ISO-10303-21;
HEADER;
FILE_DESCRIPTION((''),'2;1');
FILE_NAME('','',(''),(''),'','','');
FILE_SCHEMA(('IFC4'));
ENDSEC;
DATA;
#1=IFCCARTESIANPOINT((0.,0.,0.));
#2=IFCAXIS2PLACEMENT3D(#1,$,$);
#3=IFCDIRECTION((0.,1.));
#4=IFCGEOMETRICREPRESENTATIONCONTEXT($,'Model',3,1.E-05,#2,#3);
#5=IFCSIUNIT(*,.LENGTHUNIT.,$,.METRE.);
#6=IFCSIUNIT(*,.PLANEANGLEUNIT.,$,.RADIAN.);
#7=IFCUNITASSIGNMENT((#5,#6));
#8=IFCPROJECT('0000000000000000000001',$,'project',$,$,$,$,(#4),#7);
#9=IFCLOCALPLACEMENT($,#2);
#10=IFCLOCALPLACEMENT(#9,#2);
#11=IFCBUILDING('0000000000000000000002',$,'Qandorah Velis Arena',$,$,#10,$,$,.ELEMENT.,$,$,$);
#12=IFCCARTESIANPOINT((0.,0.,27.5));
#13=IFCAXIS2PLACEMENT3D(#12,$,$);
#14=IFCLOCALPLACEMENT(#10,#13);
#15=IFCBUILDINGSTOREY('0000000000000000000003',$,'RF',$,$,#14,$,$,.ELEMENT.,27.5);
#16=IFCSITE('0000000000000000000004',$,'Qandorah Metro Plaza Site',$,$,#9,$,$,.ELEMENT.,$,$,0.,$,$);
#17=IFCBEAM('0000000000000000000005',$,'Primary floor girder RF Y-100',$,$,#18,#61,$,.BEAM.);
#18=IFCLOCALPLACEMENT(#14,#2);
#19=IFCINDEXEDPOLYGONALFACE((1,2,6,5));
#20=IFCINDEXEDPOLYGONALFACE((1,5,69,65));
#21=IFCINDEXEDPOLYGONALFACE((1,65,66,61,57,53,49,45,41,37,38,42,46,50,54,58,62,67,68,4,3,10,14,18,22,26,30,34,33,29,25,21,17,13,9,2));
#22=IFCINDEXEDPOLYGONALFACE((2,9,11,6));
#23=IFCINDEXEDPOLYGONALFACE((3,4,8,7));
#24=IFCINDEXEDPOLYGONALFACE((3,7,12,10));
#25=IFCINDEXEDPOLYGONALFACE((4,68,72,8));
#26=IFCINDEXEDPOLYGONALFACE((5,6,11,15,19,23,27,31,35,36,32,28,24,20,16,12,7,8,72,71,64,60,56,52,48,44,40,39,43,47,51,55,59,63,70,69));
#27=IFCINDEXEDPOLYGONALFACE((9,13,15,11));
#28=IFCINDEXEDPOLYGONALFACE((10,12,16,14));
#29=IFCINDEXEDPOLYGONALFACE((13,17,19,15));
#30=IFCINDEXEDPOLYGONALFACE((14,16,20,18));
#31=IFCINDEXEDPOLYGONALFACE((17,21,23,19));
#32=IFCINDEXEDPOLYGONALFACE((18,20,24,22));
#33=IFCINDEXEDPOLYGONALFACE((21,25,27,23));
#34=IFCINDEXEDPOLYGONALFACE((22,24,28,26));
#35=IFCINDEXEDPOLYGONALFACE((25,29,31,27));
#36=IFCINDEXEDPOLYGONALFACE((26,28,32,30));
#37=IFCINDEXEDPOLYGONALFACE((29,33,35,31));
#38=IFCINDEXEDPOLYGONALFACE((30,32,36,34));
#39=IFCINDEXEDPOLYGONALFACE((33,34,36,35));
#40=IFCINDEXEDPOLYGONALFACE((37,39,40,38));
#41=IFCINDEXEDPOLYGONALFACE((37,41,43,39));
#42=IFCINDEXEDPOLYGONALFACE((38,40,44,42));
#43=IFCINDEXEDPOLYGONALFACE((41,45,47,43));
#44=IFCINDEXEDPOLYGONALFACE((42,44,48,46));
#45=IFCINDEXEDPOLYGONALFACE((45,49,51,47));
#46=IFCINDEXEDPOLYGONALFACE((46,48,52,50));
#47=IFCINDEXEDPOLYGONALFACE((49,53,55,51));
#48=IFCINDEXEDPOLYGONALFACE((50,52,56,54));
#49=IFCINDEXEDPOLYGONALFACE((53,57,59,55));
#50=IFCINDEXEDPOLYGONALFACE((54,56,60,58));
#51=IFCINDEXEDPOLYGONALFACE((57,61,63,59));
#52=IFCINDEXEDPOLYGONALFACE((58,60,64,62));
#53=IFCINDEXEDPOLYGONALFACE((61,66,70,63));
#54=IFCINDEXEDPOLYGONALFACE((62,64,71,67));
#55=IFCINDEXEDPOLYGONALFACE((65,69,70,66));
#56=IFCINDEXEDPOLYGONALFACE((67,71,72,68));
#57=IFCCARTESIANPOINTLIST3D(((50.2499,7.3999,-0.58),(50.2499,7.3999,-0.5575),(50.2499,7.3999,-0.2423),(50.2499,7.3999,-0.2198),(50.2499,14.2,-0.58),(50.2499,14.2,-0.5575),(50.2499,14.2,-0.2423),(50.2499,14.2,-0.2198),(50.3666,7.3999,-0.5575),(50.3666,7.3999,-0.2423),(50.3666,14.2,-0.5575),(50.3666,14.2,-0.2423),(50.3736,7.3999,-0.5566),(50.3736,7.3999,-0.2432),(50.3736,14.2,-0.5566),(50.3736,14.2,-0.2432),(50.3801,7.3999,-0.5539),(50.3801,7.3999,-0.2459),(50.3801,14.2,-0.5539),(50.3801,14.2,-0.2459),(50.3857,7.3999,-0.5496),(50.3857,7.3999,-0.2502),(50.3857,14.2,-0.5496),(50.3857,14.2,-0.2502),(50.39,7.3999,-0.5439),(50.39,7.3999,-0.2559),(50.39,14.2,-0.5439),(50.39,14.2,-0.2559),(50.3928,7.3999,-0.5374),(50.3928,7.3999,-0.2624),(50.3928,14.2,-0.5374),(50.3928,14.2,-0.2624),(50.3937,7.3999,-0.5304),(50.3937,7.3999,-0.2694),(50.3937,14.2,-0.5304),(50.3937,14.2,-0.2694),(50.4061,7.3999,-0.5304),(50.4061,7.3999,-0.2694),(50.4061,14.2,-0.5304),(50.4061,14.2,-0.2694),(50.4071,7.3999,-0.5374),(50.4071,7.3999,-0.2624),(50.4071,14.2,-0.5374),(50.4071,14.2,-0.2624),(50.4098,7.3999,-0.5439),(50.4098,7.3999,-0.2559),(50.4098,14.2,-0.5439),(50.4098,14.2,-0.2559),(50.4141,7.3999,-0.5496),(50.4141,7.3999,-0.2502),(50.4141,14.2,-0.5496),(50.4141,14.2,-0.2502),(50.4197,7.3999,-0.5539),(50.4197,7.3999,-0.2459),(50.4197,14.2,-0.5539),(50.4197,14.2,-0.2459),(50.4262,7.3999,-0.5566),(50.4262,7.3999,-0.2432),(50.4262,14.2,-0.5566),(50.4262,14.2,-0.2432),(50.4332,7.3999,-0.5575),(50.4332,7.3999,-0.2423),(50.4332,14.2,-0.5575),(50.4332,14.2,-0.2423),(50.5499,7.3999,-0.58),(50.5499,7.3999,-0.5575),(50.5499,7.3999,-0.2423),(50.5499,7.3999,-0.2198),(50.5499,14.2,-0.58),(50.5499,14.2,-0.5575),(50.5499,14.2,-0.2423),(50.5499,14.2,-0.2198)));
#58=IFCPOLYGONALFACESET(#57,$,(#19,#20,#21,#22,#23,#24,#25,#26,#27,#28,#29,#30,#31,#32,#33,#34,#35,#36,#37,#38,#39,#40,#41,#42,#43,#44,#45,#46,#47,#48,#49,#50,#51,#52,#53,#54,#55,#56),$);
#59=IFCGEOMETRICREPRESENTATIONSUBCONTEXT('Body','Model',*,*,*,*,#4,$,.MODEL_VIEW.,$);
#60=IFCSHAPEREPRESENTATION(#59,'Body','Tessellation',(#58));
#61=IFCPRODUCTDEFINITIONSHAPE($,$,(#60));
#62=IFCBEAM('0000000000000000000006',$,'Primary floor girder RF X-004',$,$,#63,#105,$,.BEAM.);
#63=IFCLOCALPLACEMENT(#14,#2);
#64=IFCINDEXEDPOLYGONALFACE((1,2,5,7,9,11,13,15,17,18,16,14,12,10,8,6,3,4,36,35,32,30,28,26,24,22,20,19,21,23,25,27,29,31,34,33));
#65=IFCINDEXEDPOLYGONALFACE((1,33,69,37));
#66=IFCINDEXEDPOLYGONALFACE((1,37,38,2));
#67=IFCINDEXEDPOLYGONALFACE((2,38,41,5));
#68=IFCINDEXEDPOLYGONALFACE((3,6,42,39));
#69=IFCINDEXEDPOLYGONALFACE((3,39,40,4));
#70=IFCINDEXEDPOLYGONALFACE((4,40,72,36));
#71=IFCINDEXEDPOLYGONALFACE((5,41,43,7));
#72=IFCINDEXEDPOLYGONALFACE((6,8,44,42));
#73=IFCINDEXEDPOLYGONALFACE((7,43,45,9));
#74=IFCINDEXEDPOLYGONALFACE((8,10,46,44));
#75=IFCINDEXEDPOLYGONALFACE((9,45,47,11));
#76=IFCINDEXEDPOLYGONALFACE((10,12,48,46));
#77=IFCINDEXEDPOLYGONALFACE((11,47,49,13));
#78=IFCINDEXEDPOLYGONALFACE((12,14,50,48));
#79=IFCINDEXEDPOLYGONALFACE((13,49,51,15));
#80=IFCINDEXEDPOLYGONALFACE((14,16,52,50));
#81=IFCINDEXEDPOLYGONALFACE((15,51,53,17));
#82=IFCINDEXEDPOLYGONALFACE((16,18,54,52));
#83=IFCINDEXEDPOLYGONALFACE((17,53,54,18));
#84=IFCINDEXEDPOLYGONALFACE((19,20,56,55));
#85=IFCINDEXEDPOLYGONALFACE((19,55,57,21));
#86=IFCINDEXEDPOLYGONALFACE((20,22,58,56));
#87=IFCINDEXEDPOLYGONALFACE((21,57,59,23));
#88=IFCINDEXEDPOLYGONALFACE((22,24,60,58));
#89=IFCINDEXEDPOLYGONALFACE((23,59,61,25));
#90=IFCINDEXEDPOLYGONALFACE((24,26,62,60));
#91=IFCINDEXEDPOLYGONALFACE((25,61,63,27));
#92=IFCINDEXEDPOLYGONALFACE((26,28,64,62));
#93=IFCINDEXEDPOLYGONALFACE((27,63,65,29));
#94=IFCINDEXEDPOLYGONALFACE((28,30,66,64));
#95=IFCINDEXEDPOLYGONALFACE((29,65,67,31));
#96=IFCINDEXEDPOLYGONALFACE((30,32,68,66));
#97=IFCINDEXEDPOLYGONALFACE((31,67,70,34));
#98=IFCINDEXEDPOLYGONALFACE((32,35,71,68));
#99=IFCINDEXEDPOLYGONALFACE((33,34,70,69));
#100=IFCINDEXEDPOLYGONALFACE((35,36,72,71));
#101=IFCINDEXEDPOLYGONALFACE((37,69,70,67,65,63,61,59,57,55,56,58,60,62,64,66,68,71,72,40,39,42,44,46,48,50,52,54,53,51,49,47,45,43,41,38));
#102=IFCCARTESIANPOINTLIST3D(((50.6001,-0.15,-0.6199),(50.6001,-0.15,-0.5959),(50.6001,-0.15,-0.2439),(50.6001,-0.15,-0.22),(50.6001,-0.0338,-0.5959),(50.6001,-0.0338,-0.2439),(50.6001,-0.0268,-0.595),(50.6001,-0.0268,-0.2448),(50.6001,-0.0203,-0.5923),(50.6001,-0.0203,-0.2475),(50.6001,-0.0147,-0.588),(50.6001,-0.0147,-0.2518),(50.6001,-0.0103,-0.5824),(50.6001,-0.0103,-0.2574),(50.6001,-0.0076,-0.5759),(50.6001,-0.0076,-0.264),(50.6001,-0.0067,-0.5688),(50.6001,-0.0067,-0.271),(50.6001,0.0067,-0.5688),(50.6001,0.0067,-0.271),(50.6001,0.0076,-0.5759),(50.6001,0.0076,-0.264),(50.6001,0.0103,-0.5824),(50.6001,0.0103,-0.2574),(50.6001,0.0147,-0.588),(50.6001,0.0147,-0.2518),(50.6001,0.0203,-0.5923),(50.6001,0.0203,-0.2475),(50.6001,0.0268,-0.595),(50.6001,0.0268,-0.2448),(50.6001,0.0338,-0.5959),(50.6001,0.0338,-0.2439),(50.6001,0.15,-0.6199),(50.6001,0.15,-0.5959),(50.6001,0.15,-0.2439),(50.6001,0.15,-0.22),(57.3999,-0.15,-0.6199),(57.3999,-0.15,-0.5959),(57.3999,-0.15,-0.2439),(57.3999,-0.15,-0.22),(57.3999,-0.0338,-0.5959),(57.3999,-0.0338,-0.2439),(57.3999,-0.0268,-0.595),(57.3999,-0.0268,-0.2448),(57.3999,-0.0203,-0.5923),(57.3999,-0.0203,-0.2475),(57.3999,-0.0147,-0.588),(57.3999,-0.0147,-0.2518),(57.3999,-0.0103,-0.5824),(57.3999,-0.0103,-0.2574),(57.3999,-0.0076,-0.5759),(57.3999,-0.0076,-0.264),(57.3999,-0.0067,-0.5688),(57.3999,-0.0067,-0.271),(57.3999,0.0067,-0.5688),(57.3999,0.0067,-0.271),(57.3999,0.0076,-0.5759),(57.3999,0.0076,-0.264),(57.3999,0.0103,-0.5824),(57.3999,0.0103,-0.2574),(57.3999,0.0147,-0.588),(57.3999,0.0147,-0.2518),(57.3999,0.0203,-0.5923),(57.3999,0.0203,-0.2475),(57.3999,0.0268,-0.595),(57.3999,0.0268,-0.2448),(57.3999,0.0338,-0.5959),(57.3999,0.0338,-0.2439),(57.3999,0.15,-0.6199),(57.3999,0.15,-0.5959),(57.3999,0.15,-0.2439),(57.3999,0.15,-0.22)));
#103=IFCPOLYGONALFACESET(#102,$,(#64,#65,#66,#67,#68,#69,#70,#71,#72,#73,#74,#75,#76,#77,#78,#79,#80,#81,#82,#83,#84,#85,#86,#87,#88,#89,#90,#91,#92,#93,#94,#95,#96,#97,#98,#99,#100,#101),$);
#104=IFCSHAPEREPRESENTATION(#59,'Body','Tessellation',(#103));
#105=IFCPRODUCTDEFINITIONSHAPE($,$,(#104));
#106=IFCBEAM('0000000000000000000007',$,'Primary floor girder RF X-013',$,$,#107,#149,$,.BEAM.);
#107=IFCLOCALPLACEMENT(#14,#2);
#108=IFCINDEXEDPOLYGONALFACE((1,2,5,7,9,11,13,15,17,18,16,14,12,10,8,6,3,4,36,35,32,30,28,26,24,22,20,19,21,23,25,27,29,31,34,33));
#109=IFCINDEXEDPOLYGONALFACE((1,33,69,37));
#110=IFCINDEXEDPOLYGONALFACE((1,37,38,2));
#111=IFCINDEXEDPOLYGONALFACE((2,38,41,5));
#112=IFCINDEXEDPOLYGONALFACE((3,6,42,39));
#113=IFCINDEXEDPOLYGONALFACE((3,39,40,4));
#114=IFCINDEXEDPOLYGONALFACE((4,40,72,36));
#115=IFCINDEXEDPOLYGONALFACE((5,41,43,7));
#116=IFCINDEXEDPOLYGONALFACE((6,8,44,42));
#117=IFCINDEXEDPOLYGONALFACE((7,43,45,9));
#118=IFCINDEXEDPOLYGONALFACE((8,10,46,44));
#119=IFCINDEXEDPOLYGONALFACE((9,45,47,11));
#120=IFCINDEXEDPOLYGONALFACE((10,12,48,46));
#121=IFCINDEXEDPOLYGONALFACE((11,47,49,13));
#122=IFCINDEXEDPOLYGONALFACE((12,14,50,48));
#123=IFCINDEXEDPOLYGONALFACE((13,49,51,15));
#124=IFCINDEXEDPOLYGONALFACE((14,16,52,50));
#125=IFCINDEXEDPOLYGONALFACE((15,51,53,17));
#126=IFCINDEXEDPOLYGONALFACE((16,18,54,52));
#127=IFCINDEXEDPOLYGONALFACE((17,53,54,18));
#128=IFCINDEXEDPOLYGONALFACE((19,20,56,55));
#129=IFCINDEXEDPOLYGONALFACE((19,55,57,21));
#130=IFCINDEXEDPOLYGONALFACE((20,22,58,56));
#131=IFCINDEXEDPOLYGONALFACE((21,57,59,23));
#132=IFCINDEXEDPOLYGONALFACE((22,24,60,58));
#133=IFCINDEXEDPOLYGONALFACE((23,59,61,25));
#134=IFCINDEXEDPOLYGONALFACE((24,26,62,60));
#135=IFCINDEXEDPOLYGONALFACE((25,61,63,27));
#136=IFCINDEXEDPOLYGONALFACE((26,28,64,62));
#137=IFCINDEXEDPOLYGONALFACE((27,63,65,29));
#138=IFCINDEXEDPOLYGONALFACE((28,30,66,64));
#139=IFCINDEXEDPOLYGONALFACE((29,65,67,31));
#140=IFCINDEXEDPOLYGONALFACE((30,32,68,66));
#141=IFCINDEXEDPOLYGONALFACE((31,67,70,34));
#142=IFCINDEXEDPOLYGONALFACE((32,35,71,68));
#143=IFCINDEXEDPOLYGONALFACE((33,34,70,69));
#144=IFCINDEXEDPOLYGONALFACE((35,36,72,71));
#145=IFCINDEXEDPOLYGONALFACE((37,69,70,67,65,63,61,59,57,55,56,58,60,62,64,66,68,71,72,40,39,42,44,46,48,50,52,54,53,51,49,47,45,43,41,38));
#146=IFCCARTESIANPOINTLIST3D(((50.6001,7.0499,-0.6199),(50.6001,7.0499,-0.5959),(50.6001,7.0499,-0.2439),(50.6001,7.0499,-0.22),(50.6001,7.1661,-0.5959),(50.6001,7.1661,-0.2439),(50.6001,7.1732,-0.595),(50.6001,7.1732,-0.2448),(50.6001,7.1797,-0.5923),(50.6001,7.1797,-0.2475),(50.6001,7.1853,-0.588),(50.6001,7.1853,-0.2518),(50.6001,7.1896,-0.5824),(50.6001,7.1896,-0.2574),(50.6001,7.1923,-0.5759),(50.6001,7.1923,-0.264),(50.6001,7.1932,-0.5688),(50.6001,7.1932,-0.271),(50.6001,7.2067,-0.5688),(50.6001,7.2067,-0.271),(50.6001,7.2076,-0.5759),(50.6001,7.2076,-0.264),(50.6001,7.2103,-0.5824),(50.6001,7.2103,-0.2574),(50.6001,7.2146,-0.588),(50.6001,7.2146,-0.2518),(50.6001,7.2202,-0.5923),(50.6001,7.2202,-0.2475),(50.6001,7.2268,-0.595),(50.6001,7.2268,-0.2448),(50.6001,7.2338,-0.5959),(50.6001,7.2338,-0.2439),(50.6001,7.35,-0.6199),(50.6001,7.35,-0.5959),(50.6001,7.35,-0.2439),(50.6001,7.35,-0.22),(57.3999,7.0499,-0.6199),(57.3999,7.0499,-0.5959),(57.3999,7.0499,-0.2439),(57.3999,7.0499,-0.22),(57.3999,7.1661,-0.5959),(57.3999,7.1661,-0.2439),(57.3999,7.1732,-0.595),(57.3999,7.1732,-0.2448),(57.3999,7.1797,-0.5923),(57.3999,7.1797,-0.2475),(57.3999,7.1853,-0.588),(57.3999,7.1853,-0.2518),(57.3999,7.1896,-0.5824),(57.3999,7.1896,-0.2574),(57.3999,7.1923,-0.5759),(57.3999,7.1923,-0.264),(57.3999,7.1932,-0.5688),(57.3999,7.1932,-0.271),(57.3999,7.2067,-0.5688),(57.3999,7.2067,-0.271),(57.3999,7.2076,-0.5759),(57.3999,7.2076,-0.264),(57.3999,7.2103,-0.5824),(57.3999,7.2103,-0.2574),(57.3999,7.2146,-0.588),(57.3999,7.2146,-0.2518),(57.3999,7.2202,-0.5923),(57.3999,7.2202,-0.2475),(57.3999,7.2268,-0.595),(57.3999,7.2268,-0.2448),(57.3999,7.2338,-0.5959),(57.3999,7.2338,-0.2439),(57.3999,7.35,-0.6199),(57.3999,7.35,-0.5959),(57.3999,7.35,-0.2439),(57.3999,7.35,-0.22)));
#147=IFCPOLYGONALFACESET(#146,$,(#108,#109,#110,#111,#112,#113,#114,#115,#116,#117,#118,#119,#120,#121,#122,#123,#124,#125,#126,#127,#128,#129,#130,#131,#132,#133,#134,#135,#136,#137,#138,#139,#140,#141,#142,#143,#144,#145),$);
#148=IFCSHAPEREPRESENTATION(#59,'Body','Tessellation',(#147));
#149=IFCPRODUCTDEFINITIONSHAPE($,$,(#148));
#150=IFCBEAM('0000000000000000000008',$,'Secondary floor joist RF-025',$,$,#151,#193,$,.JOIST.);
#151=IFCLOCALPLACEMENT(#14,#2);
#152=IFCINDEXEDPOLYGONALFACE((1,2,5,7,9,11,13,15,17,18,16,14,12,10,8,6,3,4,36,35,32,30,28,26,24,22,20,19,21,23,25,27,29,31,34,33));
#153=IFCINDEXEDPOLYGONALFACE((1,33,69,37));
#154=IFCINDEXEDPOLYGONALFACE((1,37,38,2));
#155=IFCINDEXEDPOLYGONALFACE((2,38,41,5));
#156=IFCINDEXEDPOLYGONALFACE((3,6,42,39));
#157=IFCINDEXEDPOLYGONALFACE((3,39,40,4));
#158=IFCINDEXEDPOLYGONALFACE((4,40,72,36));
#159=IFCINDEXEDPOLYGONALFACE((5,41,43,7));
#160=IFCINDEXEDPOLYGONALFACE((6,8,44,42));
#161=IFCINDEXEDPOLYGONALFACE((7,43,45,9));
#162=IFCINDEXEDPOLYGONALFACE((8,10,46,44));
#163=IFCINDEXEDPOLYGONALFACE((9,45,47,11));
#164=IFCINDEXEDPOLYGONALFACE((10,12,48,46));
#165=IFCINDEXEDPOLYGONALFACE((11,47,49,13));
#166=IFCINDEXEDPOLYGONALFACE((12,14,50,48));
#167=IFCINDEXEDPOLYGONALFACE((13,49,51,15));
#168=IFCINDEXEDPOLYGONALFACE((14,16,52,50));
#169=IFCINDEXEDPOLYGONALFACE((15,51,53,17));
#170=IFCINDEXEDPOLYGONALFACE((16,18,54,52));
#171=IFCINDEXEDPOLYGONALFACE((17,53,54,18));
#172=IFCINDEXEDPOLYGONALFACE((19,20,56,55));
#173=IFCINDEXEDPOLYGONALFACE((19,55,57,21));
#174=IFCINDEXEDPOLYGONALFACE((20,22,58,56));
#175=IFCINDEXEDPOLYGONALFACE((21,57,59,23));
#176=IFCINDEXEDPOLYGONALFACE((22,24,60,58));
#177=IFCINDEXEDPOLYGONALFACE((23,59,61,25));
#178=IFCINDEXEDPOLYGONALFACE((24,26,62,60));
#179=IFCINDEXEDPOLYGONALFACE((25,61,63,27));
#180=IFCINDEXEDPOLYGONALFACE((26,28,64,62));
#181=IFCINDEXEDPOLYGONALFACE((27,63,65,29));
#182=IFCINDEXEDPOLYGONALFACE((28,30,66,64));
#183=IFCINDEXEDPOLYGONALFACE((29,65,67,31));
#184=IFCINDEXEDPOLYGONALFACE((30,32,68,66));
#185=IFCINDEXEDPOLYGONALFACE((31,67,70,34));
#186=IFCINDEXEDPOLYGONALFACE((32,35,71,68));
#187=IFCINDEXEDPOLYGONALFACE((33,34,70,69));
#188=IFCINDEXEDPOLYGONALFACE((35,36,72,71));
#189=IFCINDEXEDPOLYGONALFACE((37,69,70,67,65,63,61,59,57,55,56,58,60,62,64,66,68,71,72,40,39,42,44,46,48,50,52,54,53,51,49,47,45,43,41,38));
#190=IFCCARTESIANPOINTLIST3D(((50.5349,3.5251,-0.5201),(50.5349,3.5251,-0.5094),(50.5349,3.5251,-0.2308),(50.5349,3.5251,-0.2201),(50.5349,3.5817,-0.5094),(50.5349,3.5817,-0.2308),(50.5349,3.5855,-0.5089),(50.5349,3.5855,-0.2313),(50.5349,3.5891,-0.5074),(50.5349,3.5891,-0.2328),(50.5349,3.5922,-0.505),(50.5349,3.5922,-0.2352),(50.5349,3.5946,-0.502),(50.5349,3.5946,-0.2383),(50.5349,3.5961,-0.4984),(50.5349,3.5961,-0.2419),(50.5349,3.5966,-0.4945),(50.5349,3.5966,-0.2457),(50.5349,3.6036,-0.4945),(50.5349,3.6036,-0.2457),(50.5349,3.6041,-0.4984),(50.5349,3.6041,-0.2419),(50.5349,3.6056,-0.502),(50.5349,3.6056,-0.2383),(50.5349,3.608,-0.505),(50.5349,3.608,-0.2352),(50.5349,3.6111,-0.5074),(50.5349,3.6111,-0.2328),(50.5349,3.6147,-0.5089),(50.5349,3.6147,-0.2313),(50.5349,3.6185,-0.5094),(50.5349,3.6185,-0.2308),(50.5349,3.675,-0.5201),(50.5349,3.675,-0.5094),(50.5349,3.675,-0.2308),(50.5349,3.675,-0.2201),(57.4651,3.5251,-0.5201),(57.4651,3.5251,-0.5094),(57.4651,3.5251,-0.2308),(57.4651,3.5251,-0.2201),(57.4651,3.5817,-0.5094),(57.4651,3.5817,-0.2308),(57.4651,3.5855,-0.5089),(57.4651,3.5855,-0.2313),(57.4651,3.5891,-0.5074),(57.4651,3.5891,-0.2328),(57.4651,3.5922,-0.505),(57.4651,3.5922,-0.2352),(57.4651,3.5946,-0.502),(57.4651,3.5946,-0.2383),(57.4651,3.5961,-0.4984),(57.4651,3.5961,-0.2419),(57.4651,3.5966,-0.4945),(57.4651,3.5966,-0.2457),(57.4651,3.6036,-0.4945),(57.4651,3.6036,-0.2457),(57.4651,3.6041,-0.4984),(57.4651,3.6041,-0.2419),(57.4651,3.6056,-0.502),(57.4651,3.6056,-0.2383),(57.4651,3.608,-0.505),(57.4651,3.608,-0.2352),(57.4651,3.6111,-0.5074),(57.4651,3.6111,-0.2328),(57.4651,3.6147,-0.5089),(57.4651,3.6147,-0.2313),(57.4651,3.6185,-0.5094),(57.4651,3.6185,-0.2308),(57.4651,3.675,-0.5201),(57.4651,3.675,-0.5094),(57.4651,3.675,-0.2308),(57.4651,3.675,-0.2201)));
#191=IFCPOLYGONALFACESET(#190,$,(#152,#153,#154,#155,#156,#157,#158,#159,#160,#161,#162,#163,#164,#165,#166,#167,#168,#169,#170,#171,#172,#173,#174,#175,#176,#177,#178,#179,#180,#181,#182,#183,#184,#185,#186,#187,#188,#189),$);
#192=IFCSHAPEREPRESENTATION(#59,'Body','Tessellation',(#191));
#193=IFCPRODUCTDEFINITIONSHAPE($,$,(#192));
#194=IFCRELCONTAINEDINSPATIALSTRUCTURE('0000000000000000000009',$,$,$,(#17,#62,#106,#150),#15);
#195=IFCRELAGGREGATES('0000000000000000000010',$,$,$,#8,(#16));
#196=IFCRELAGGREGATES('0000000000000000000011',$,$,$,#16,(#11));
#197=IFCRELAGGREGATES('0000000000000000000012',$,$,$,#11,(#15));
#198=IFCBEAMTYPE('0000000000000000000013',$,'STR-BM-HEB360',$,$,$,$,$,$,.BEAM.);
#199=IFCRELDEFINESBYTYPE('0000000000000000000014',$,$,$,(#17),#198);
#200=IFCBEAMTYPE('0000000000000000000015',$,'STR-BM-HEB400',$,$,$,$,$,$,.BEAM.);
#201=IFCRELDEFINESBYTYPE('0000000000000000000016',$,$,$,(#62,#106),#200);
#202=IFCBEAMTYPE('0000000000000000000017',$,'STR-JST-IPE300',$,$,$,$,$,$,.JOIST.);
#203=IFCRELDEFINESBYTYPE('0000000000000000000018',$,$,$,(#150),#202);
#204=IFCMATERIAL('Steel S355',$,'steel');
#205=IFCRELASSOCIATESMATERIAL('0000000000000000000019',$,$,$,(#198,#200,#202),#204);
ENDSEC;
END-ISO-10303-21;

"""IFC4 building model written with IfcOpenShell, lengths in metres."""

from ifc_helpers import new_model, si_unit, direction, frame, origin, origin_2d, place, context, subcontext, project, spatial, i_section, extrude, material, material_profile, profile_set, type_object, element, save


model = new_model("IFC4")

# Units and contexts
model_context = context("Model", 3, precision=1e-05, world=origin(), true_north=direction((0.0, 1.0)))
body_context = subcontext(model_context, "Body", "Model", "MODEL_VIEW")
ifc_project = project(units=[si_unit("LENGTHUNIT", "METRE"), si_unit("PLANEANGLEUNIT", "RADIAN")], contexts=[model_context])

# Site, building, storey
site_placement = place(None, origin())
site = spatial("IfcSite", under=ifc_project, at=site_placement, Name="Qandorah Metro Plaza Site", CompositionType="ELEMENT", RefElevation=0.0)
building_placement = place(site_placement, origin())
building = spatial("IfcBuilding", under=site, at=building_placement, Name="Qandorah Velis Arena", CompositionType="ELEMENT")
storey_placement = place(building_placement, frame((0.0, 0.0, 27.5)))
storey = spatial("IfcBuildingStorey", under=building, at=storey_placement, Name="RF", CompositionType="ELEMENT", Elevation=27.5)

# Beams
ifc_material_1 = material(Name="Steel S355", Category="steel")
ifc_material_profile_1 = material_profile(ifc_material_1, i_section(OverallWidth=0.3, OverallDepth=0.3601, WebThickness=0.0125, FlangeThickness=0.0225, FilletRadius=0.0271, at=origin_2d()), Name="HEB 360")
ifc_profile_set_1 = profile_set([ifc_material_profile_1], Name="Steel S355")
beam_type_1 = type_object("IfcBeamType", Name="STR-BM-HEB360", PredefinedType="BEAM", material=ifc_profile_set_1)
for number, where, z_axis, x_axis, name in (
    (1, (50.3999, 7.3999, -0.3999), (0.0, 1.0, 0.0), (-1.0, 0.0, 0.0), "Primary floor girder RF Y-100"),
):
    element("IfcBeam", number, at=place(storey_placement, frame(where, z_axis=z_axis, x_axis=x_axis)), inside=storey, type_object=beam_type_1, Name=name, PredefinedType="BEAM", context=body_context, shape_type="SweptSolid", body=[
        extrude(i_section(OverallWidth=0.3, OverallDepth=0.3601, WebThickness=0.0125, FlangeThickness=0.0225, FilletRadius=0.0271, at=origin_2d()), origin(), (0.0, 0.0, 1.0), 6.8),
    ])
ifc_material_profile_2 = material_profile(ifc_material_1, i_section(OverallWidth=0.3, OverallDepth=0.3999, WebThickness=0.0134, FlangeThickness=0.0239, FilletRadius=0.0271, at=origin_2d()), Name="HEB 400")
ifc_profile_set_2 = profile_set([ifc_material_profile_2], Name="Steel S355")
beam_type_2 = type_object("IfcBeamType", Name="STR-BM-HEB400", PredefinedType="BEAM", material=ifc_profile_set_2)
for number, where, z_axis, x_axis, name in (
    (2, (50.6001, 0.0, -0.4199), (1.0, 0.0, 0.0), (0.0, 1.0, 0.0), "Primary floor girder RF X-004"),
    (3, (50.6001, 7.2, -0.4199), (1.0, 0.0, 0.0), (0.0, 1.0, 0.0), "Primary floor girder RF X-013"),
):
    element("IfcBeam", number, at=place(storey_placement, frame(where, z_axis=z_axis, x_axis=x_axis)), inside=storey, type_object=beam_type_2, Name=name, PredefinedType="BEAM", context=body_context, shape_type="SweptSolid", body=[
        extrude(i_section(OverallWidth=0.3, OverallDepth=0.3999, WebThickness=0.0134, FlangeThickness=0.0239, FilletRadius=0.0271, at=origin_2d()), origin(), (0.0, 0.0, 1.0), 6.7998),
    ])
ifc_material_profile_3 = material_profile(ifc_material_1, i_section(OverallWidth=0.1499, OverallDepth=0.3, WebThickness=0.0071, FlangeThickness=0.0107, FilletRadius=0.0149, at=origin_2d()), Name="IPE 300")
ifc_profile_set_3 = profile_set([ifc_material_profile_3], Name="Steel S355")
beam_type_3 = type_object("IfcBeamType", Name="STR-JST-IPE300", PredefinedType="JOIST", material=ifc_profile_set_3)
for number, where, z_axis, x_axis, name in (
    (4, (50.5349, 3.6001, -0.3701), (1.0, 0.0, 0.0), (0.0, 1.0, 0.0), "Secondary floor joist RF-025"),
):
    element("IfcBeam", number, at=place(storey_placement, frame(where, z_axis=z_axis, x_axis=x_axis)), inside=storey, type_object=beam_type_3, Name=name, PredefinedType="JOIST", context=body_context, shape_type="SweptSolid", body=[
        extrude(i_section(OverallWidth=0.1499, OverallDepth=0.3, WebThickness=0.0071, FlangeThickness=0.0107, FilletRadius=0.0149, at=origin_2d()), origin(), (0.0, 0.0, 1.0), 6.9302),
    ])

save(model, "model.ifc")
